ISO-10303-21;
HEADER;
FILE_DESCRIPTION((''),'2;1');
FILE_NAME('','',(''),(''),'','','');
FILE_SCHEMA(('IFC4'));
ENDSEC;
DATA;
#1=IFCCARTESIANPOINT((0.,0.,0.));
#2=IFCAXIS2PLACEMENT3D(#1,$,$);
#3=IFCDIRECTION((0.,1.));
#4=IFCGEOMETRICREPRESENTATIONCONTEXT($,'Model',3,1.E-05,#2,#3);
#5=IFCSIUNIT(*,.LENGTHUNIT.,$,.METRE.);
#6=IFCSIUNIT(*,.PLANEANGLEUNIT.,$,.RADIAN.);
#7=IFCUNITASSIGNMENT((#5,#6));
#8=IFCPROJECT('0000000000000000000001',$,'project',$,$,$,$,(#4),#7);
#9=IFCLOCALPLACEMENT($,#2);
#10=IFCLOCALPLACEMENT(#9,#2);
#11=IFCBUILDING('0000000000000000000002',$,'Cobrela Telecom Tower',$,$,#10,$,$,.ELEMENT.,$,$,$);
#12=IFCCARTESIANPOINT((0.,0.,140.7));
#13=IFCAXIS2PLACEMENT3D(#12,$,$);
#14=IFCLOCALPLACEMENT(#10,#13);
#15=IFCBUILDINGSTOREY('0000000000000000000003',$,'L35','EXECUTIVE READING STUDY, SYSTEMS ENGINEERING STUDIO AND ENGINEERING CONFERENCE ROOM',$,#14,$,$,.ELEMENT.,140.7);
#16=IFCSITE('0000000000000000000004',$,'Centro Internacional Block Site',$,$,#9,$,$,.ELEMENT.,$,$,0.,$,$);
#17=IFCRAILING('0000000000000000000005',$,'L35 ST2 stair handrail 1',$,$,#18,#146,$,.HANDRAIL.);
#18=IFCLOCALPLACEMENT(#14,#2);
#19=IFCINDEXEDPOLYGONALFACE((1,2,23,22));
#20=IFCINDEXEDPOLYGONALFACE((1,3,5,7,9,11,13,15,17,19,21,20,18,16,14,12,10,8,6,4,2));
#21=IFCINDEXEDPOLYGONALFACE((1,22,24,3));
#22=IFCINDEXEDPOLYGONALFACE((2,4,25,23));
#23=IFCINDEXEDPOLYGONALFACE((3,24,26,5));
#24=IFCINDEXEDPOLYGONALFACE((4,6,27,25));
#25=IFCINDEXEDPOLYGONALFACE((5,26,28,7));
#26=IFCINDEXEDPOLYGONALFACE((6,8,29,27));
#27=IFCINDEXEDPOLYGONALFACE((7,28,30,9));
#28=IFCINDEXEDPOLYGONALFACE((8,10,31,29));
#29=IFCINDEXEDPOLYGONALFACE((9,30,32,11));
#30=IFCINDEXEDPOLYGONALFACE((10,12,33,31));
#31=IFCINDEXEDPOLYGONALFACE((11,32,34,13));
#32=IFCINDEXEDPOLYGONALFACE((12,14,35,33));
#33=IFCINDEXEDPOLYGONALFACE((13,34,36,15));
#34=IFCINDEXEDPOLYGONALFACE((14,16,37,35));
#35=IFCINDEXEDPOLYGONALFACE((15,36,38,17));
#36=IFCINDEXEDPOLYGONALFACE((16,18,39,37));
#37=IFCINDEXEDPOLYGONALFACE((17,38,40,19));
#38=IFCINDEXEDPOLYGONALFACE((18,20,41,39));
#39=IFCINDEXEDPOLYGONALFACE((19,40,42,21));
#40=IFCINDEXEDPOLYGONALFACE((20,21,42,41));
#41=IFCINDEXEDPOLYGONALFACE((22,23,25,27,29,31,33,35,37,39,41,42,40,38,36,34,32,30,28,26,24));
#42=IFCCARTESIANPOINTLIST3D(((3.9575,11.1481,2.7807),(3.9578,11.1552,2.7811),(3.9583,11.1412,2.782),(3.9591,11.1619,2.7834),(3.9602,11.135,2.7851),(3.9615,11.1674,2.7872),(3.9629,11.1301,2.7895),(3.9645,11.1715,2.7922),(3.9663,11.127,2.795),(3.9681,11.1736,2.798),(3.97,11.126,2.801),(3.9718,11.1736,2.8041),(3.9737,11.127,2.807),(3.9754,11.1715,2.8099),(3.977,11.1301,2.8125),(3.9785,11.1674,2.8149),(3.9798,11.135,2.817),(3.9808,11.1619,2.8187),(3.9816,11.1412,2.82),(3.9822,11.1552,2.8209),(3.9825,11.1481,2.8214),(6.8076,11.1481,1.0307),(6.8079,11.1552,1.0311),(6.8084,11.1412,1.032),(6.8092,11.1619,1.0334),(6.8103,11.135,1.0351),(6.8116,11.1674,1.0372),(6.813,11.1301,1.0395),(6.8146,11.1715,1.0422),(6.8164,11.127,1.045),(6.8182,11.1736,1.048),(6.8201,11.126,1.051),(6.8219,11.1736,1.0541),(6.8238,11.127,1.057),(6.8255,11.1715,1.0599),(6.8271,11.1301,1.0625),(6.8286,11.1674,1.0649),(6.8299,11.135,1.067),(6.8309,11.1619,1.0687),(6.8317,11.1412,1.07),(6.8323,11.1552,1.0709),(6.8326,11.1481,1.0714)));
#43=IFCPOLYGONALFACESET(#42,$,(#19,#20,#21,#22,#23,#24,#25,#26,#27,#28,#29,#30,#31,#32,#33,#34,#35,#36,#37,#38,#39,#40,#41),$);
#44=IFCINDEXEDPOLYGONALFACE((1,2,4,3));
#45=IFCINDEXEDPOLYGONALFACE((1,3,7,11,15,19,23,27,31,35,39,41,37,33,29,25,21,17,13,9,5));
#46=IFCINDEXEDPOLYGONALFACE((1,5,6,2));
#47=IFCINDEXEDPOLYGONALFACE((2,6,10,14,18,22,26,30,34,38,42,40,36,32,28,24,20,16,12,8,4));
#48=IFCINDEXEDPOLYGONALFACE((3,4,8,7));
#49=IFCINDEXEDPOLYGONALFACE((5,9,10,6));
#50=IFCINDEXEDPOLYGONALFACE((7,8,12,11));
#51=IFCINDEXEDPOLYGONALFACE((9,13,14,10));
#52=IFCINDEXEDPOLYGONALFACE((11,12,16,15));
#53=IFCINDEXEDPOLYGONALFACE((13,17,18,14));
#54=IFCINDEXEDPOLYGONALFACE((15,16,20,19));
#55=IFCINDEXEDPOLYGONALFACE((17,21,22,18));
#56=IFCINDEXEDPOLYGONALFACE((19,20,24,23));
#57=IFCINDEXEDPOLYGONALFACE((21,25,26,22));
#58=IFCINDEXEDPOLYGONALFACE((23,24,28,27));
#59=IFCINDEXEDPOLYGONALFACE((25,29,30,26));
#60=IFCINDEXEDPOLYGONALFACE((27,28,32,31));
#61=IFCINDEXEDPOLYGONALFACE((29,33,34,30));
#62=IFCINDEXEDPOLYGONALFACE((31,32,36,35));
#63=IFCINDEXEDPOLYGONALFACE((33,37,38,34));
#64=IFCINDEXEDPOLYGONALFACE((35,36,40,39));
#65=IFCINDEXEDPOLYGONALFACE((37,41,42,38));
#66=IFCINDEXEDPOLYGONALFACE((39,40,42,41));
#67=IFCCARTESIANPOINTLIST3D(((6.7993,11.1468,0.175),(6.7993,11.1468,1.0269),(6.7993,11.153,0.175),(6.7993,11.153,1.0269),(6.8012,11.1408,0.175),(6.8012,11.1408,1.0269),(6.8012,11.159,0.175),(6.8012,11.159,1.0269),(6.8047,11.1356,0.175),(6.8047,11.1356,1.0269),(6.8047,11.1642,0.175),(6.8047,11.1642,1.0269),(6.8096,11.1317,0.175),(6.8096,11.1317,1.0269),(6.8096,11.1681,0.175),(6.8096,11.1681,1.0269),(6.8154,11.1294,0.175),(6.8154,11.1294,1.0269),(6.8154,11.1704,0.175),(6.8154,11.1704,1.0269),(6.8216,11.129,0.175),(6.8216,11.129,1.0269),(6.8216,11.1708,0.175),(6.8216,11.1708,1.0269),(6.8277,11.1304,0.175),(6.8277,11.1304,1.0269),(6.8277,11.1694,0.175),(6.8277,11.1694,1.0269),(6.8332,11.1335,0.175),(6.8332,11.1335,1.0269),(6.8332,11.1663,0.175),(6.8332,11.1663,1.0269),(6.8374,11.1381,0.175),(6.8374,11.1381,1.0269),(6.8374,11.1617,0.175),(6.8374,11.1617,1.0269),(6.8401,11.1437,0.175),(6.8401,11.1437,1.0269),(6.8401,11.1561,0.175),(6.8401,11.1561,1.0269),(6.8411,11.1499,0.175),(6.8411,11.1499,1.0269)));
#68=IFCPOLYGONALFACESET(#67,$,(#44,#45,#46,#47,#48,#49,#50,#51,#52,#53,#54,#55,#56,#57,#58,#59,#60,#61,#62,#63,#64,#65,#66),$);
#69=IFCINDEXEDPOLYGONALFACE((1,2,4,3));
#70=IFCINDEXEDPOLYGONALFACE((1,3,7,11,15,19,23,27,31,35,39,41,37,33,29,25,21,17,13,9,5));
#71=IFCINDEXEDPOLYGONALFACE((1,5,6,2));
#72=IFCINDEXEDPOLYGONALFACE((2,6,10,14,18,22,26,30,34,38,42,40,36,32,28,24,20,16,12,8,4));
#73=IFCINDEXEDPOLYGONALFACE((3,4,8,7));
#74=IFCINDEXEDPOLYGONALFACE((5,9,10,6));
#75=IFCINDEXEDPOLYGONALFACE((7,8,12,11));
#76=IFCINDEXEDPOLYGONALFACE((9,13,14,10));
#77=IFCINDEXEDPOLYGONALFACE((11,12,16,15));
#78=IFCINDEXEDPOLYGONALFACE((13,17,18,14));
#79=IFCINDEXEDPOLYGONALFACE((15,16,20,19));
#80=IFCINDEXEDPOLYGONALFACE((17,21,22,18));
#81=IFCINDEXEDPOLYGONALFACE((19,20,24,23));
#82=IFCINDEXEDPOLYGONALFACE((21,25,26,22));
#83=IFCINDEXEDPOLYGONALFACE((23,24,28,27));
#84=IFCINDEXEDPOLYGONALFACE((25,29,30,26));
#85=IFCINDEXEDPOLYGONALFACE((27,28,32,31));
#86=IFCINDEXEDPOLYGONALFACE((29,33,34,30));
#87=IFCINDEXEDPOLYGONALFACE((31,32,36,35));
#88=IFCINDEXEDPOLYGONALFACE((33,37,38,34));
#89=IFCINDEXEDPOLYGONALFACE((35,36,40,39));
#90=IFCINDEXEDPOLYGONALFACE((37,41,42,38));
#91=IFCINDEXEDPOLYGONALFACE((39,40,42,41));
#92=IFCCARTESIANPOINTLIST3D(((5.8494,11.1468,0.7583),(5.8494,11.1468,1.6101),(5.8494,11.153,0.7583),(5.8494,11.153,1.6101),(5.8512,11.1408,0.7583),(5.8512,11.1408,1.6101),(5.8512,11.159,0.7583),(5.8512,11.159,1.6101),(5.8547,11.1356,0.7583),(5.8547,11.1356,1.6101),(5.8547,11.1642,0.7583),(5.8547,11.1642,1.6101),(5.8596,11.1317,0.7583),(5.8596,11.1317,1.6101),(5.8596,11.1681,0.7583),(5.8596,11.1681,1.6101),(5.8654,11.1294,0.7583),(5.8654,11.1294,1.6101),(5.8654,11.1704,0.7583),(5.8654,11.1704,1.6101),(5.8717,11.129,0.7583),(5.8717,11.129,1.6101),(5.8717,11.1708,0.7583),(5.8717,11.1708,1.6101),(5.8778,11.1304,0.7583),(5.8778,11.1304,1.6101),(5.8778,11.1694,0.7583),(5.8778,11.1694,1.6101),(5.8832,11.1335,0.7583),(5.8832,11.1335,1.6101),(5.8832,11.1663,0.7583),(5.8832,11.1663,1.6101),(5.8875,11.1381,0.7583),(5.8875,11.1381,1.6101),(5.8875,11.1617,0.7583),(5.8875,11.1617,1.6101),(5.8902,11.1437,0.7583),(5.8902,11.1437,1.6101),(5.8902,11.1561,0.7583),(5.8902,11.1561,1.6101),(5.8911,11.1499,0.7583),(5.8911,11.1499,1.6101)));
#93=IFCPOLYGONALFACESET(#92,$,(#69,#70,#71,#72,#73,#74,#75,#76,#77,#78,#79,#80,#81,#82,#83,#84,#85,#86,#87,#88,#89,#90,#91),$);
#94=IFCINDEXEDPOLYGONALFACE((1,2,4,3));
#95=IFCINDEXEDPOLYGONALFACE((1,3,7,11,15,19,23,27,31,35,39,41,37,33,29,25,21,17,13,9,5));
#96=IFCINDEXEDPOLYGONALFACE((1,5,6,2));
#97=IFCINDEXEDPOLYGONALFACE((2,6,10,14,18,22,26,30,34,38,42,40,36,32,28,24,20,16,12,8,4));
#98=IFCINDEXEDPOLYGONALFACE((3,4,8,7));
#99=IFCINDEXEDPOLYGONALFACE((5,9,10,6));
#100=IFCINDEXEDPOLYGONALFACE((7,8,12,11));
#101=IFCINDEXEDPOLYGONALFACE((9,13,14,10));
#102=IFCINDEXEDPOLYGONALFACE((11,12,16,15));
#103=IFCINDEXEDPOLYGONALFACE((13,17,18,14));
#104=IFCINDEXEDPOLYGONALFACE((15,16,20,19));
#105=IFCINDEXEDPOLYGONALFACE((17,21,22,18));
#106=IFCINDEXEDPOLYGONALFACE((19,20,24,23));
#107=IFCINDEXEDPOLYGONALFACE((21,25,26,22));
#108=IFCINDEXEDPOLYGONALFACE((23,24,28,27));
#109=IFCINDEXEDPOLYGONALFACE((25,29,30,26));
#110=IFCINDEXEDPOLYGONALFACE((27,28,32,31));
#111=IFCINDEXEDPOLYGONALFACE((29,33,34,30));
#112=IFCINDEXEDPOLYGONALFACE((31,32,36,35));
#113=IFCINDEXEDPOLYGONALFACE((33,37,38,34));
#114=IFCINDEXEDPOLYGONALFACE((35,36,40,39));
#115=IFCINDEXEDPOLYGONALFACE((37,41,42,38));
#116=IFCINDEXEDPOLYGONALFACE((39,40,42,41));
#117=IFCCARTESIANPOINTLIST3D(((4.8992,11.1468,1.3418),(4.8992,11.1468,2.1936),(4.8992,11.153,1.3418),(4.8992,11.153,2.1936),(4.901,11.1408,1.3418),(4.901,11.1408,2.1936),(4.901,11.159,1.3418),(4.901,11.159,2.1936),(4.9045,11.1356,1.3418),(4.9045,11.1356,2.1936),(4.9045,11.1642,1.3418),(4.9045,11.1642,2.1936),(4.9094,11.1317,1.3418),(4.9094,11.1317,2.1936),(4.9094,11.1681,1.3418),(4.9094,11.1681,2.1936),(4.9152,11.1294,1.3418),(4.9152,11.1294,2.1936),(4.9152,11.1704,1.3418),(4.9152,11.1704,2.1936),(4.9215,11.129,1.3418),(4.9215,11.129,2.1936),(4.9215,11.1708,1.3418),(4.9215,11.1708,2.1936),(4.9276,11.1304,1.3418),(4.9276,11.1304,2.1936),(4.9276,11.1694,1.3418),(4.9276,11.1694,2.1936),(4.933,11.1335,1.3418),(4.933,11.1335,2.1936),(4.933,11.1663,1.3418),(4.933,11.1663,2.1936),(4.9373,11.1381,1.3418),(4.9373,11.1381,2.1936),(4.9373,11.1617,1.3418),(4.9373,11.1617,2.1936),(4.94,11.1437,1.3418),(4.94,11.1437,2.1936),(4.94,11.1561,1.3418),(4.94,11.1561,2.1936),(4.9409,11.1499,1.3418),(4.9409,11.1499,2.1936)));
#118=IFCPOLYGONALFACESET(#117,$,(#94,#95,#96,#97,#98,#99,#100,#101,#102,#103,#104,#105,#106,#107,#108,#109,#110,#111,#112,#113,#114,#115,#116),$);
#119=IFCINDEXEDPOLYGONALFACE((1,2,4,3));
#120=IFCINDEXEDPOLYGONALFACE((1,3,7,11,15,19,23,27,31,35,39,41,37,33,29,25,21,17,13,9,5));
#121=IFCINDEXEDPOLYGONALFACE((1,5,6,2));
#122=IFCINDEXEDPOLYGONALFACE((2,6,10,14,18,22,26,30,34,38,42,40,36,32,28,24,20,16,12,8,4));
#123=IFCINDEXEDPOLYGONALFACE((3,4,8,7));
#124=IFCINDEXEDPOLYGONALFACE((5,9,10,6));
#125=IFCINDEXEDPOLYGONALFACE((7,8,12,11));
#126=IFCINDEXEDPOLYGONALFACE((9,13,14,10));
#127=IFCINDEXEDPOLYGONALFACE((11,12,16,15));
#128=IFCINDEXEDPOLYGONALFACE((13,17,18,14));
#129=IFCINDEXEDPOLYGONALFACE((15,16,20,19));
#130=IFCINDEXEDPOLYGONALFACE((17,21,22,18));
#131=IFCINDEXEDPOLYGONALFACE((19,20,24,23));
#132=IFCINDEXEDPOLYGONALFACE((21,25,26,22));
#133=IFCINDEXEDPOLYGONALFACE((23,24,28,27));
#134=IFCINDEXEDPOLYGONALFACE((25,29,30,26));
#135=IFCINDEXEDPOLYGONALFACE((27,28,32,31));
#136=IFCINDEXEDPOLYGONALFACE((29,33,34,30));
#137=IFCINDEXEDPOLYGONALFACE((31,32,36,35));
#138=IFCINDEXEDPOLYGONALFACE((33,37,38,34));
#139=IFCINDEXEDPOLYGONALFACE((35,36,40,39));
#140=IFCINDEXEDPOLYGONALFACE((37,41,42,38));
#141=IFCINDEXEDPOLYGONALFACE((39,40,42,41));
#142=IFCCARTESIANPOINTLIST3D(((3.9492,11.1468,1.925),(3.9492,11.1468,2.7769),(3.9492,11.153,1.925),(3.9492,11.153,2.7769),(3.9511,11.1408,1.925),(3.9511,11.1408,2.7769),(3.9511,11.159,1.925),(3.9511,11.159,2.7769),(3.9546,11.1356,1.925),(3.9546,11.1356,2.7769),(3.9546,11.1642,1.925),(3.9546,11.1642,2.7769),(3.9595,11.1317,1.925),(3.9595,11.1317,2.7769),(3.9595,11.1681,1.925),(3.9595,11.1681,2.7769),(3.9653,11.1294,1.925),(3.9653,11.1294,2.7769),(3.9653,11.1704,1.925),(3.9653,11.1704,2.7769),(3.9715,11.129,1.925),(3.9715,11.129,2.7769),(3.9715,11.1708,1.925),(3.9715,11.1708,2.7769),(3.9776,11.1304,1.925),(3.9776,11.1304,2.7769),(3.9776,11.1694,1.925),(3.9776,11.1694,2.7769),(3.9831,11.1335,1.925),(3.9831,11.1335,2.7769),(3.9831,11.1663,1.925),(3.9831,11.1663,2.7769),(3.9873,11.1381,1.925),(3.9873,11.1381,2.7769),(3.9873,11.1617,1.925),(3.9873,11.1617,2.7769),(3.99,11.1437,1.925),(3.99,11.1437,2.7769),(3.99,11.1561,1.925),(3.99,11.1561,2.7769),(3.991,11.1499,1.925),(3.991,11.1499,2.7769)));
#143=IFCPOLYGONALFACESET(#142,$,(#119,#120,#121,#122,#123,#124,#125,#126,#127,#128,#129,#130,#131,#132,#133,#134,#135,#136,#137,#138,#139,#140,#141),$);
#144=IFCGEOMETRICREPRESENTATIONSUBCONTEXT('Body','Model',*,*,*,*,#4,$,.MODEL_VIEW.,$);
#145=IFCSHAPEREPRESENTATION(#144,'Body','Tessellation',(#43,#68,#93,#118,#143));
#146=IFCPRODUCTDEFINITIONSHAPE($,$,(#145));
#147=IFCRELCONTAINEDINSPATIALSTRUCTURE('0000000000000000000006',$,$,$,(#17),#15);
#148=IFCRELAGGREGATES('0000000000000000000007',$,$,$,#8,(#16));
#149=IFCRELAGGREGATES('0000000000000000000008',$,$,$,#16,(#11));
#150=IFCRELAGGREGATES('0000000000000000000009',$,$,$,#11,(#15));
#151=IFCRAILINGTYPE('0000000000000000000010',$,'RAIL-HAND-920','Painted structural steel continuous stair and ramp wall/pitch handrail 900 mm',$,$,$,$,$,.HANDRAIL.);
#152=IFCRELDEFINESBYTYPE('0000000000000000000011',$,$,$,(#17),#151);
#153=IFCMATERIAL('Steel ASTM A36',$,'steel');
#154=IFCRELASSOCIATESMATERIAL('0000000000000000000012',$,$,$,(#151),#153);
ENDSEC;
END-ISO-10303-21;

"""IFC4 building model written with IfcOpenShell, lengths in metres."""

from ifc_helpers import new_model, si_unit, direction, frame, origin, origin_2d, place, context, subcontext, project, spatial, circle, extrude, material, type_object, element, save


model = new_model("IFC4")

# Units and contexts
model_context = context("Model", 3, precision=1e-05, world=origin(), true_north=direction((0.0, 1.0)))
body_context = subcontext(model_context, "Body", "Model", "MODEL_VIEW")
ifc_project = project(units=[si_unit("LENGTHUNIT", "METRE"), si_unit("PLANEANGLEUNIT", "RADIAN")], contexts=[model_context])

# Site, building, storey
site_placement = place(None, origin())
site = spatial("IfcSite", under=ifc_project, at=site_placement, Name="Centro Internacional Block Site", CompositionType="ELEMENT", RefElevation=0.0)
building_placement = place(site_placement, origin())
building = spatial("IfcBuilding", under=site, at=building_placement, Name="Cobrela Telecom Tower", CompositionType="ELEMENT")
storey_placement = place(building_placement, frame((0.0, 0.0, 140.7)))
storey = spatial("IfcBuildingStorey", under=building, at=storey_placement, Name="L35", Description="EXECUTIVE READING STUDY, SYSTEMS ENGINEERING STUDIO AND ENGINEERING CONFERENCE ROOM", CompositionType="ELEMENT", Elevation=140.7)

# Shared definitions
ifc_material_1 = material(Name="Steel ASTM A36", Category="steel")

# Railing
railing_type_1 = type_object("IfcRailingType", Name="RAIL-HAND-920", Description="Painted structural steel continuous stair and ramp wall/pitch handrail 900 mm", PredefinedType="HANDRAIL", material=ifc_material_1)
railing_1_placement = place(storey_placement, frame((6.8201, 11.1499, 0.175)))
element("IfcRailing", 1, at=railing_1_placement, inside=storey, type_object=railing_type_1, Name="L35 ST2 stair handrail 1", PredefinedType="HANDRAIL", context=body_context, shape_type="SweptSolid", body=[
    extrude(circle(Radius=0.0239, at=origin_2d()), frame((0.0, 0.0, 0.876), z_axis=(-0.852179, 0.0, 0.52325), x_axis=(0.0, -1.0, 0.0)), (0.0, 0.0, 1.0), 3.3445),
    extrude(circle(Radius=0.021, at=origin_2d()), origin(), (0.0, 0.0, 1.0), 0.8518),
    extrude(circle(Radius=0.021, at=origin_2d()), frame((-0.95, 0.0, 0.5833)), (0.0, 0.0, 1.0), 0.8518),
    extrude(circle(Radius=0.021, at=origin_2d()), frame((-1.9001, 0.0, 1.1667)), (0.0, 0.0, 1.0), 0.8518),
    extrude(circle(Radius=0.021, at=origin_2d()), frame((-2.8501, 0.0, 1.75)), (0.0, 0.0, 1.0), 0.8518),
])

save(model, "model.ifc")
